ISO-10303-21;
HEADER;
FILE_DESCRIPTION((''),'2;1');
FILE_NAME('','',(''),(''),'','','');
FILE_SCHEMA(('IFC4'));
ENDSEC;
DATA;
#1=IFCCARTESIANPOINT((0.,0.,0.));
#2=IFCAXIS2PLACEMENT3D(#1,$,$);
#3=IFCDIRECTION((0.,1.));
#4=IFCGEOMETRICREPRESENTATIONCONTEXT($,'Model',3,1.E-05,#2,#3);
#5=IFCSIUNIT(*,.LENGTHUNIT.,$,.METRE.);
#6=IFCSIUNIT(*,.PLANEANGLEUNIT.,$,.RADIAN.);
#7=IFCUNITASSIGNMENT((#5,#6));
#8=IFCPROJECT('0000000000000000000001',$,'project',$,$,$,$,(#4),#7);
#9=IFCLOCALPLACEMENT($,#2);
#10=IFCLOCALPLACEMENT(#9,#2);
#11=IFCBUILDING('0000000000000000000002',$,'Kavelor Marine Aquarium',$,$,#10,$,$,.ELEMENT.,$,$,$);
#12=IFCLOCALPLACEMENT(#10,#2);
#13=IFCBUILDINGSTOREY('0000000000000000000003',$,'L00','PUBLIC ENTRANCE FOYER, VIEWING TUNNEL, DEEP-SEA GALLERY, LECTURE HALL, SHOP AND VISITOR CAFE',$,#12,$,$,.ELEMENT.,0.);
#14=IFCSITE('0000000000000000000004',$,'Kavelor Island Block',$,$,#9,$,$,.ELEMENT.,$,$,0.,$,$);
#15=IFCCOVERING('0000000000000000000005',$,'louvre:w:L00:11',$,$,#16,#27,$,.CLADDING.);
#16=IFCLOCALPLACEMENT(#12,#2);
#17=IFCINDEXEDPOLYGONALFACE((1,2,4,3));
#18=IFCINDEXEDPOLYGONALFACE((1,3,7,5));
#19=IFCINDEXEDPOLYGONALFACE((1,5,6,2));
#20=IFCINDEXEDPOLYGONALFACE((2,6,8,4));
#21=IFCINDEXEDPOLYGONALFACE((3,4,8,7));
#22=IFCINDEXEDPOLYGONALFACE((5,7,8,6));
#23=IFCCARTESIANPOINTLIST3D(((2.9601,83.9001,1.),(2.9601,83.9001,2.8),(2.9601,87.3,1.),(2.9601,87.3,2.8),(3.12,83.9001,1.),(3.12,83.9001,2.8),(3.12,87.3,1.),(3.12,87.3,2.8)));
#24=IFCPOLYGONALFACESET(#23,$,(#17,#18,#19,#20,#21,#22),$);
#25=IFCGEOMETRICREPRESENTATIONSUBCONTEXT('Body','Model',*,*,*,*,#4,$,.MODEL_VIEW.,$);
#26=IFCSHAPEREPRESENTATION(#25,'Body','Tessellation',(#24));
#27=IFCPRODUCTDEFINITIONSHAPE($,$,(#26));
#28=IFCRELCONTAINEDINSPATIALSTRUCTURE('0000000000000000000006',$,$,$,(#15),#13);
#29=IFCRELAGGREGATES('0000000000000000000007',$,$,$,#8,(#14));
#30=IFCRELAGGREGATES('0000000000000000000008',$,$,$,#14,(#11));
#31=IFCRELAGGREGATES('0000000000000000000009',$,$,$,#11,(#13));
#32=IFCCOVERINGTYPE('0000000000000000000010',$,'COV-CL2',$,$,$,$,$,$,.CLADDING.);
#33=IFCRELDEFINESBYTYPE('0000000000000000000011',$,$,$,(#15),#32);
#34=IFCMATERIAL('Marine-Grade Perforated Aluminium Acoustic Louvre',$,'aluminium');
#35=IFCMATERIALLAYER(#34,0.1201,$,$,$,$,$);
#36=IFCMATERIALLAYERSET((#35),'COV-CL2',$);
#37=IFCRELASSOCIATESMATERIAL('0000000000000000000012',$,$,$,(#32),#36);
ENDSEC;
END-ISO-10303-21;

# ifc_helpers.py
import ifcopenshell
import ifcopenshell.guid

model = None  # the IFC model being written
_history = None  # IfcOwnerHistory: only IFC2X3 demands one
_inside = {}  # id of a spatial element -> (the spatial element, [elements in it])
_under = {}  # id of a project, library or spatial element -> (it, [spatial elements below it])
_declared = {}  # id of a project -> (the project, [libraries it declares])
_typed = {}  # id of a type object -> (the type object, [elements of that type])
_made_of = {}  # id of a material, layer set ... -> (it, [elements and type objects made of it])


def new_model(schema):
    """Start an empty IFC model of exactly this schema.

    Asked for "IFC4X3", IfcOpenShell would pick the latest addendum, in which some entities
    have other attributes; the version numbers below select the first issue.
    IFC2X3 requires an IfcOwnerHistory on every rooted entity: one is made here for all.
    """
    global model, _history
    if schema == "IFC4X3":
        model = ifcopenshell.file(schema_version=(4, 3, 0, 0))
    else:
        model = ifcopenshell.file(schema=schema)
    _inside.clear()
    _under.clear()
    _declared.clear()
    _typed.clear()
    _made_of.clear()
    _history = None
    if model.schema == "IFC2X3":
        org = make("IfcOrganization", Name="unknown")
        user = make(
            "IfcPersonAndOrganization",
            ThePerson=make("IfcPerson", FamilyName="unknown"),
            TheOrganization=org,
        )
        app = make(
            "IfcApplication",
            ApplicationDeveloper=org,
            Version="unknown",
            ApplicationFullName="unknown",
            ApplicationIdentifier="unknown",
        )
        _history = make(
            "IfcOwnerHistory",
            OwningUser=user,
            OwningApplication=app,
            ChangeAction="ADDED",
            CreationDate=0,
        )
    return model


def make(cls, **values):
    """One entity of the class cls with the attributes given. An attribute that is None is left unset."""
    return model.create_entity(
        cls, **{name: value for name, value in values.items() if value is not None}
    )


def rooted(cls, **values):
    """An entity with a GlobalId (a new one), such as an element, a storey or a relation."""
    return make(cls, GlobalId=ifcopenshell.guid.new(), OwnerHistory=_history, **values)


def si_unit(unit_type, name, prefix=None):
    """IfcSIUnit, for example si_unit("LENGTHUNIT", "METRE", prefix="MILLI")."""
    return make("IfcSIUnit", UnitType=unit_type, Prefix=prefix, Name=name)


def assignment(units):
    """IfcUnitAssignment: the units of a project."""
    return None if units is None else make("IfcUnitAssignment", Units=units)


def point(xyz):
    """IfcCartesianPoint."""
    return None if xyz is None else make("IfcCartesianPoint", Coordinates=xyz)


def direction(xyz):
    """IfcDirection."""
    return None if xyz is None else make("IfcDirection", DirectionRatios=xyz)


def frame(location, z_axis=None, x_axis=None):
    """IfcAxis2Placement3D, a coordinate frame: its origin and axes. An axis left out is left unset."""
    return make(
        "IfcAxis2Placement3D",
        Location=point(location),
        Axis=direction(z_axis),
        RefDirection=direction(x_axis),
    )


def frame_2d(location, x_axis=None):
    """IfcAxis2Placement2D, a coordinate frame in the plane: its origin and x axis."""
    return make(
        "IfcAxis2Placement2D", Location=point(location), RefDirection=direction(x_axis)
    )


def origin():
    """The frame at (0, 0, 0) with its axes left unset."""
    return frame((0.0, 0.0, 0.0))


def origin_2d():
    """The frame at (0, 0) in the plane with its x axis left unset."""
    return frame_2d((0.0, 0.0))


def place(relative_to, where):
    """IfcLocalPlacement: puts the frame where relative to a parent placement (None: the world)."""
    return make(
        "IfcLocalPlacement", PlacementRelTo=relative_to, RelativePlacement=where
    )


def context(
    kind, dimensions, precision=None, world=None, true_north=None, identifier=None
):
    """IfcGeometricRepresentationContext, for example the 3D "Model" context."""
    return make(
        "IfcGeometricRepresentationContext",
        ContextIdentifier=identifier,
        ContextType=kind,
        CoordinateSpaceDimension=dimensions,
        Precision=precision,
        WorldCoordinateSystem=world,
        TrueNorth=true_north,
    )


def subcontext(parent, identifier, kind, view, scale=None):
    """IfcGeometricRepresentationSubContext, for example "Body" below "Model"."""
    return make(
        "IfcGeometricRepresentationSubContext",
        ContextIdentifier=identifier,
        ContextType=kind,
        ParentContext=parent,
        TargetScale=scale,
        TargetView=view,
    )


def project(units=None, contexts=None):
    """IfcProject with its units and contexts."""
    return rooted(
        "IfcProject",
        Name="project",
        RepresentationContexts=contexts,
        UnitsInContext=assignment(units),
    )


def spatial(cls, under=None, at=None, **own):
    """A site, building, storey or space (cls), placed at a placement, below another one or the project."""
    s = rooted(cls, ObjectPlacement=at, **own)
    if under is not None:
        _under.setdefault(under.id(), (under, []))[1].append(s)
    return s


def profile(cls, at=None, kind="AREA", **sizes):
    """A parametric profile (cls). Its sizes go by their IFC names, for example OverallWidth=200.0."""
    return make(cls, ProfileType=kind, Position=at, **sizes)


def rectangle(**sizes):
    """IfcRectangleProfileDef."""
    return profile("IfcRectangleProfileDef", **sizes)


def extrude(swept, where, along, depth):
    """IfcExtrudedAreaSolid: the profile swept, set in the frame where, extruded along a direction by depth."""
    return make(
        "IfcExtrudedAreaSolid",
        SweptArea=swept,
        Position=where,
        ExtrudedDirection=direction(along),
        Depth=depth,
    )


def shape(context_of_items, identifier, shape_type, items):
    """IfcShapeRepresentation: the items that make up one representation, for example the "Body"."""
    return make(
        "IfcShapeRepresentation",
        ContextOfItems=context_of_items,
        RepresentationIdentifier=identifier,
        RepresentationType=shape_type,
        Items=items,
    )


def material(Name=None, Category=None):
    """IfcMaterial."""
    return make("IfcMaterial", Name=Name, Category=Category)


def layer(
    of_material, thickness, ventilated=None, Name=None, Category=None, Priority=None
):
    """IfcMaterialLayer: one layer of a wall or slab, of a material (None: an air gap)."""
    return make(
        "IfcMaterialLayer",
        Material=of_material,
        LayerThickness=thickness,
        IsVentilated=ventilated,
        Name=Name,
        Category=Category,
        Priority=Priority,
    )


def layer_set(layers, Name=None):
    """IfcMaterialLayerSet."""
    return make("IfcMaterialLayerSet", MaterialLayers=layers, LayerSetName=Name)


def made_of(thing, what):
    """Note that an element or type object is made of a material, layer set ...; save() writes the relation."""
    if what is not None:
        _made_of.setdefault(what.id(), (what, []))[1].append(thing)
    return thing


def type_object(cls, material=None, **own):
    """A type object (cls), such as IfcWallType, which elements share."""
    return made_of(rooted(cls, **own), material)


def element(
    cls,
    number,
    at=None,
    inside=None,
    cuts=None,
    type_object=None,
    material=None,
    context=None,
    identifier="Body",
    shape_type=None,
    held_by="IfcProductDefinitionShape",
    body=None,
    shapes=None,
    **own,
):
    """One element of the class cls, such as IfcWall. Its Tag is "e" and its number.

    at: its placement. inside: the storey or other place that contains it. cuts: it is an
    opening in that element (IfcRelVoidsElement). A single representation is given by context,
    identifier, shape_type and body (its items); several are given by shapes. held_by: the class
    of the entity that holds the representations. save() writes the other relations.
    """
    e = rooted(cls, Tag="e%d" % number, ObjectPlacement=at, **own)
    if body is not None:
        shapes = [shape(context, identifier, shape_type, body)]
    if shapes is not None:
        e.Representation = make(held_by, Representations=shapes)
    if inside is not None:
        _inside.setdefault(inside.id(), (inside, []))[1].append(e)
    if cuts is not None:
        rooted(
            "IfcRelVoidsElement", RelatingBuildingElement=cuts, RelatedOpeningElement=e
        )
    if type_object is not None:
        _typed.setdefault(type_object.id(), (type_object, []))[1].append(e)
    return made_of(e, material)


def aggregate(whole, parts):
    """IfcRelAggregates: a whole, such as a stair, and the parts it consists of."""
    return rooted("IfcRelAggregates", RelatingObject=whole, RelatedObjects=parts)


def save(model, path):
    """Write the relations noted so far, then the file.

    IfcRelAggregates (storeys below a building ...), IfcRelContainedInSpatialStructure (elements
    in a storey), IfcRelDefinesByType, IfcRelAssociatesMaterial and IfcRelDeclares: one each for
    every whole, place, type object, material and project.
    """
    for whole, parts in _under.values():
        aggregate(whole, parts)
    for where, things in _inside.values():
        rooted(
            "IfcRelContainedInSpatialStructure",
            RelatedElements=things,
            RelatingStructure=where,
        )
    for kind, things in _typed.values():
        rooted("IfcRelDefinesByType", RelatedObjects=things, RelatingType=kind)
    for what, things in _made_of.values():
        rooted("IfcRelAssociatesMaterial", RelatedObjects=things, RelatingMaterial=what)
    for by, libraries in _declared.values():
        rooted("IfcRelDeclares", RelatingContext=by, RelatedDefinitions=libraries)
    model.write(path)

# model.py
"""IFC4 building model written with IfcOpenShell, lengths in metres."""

from ifc_helpers import new_model, si_unit, direction, frame, origin, origin_2d, place, context, subcontext, project, spatial, rectangle, extrude, material, layer, layer_set, type_object, element, save


model = new_model("IFC4")

# Units and contexts
model_context = context("Model", 3, precision=1e-05, world=origin(), true_north=direction((0.0, 1.0)))
body_context = subcontext(model_context, "Body", "Model", "MODEL_VIEW")
ifc_project = project(units=[si_unit("LENGTHUNIT", "METRE"), si_unit("PLANEANGLEUNIT", "RADIAN")], contexts=[model_context])

# Site, building, storey
site_placement = place(None, origin())
site = spatial("IfcSite", under=ifc_project, at=site_placement, Name="Kavelor Island Block", CompositionType="ELEMENT", RefElevation=0.0)
building_placement = place(site_placement, origin())
building = spatial("IfcBuilding", under=site, at=building_placement, Name="Kavelor Marine Aquarium", CompositionType="ELEMENT")
storey_placement = place(building_placement, origin())
storey = spatial("IfcBuildingStorey", under=building, at=storey_placement, Name="L00", Description="PUBLIC ENTRANCE FOYER, VIEWING TUNNEL, DEEP-SEA GALLERY, LECTURE HALL, SHOP AND VISITOR CAFE", CompositionType="ELEMENT", Elevation=0.0)

# Covering
ifc_material_1 = material(Name="Marine-Grade Perforated Aluminium Acoustic Louvre", Category="aluminium")
ifc_layer_1 = layer(ifc_material_1, 0.1201)
ifc_layer_set_1 = layer_set([ifc_layer_1], Name="COV-CL2")
covering_type = type_object("IfcCoveringType", Name="COV-CL2", PredefinedType="CLADDING", material=ifc_layer_set_1)
covering_placement = place(storey_placement, frame((3.04, 85.6001, 1.0), z_axis=(0.0, 0.0, 1.0), x_axis=(1.0, 0.0, 0.0)))
element("IfcCovering", 1, at=covering_placement, inside=storey, type_object=covering_type, Name="louvre:w:L00:11", PredefinedType="CLADDING", context=body_context, shape_type="SweptSolid", body=[
    extrude(rectangle(XDim=0.1599, YDim=3.3999, at=origin_2d()), origin(), (0.0, 0.0, 1.0), 1.8),
])

save(model, "model.ifc")
